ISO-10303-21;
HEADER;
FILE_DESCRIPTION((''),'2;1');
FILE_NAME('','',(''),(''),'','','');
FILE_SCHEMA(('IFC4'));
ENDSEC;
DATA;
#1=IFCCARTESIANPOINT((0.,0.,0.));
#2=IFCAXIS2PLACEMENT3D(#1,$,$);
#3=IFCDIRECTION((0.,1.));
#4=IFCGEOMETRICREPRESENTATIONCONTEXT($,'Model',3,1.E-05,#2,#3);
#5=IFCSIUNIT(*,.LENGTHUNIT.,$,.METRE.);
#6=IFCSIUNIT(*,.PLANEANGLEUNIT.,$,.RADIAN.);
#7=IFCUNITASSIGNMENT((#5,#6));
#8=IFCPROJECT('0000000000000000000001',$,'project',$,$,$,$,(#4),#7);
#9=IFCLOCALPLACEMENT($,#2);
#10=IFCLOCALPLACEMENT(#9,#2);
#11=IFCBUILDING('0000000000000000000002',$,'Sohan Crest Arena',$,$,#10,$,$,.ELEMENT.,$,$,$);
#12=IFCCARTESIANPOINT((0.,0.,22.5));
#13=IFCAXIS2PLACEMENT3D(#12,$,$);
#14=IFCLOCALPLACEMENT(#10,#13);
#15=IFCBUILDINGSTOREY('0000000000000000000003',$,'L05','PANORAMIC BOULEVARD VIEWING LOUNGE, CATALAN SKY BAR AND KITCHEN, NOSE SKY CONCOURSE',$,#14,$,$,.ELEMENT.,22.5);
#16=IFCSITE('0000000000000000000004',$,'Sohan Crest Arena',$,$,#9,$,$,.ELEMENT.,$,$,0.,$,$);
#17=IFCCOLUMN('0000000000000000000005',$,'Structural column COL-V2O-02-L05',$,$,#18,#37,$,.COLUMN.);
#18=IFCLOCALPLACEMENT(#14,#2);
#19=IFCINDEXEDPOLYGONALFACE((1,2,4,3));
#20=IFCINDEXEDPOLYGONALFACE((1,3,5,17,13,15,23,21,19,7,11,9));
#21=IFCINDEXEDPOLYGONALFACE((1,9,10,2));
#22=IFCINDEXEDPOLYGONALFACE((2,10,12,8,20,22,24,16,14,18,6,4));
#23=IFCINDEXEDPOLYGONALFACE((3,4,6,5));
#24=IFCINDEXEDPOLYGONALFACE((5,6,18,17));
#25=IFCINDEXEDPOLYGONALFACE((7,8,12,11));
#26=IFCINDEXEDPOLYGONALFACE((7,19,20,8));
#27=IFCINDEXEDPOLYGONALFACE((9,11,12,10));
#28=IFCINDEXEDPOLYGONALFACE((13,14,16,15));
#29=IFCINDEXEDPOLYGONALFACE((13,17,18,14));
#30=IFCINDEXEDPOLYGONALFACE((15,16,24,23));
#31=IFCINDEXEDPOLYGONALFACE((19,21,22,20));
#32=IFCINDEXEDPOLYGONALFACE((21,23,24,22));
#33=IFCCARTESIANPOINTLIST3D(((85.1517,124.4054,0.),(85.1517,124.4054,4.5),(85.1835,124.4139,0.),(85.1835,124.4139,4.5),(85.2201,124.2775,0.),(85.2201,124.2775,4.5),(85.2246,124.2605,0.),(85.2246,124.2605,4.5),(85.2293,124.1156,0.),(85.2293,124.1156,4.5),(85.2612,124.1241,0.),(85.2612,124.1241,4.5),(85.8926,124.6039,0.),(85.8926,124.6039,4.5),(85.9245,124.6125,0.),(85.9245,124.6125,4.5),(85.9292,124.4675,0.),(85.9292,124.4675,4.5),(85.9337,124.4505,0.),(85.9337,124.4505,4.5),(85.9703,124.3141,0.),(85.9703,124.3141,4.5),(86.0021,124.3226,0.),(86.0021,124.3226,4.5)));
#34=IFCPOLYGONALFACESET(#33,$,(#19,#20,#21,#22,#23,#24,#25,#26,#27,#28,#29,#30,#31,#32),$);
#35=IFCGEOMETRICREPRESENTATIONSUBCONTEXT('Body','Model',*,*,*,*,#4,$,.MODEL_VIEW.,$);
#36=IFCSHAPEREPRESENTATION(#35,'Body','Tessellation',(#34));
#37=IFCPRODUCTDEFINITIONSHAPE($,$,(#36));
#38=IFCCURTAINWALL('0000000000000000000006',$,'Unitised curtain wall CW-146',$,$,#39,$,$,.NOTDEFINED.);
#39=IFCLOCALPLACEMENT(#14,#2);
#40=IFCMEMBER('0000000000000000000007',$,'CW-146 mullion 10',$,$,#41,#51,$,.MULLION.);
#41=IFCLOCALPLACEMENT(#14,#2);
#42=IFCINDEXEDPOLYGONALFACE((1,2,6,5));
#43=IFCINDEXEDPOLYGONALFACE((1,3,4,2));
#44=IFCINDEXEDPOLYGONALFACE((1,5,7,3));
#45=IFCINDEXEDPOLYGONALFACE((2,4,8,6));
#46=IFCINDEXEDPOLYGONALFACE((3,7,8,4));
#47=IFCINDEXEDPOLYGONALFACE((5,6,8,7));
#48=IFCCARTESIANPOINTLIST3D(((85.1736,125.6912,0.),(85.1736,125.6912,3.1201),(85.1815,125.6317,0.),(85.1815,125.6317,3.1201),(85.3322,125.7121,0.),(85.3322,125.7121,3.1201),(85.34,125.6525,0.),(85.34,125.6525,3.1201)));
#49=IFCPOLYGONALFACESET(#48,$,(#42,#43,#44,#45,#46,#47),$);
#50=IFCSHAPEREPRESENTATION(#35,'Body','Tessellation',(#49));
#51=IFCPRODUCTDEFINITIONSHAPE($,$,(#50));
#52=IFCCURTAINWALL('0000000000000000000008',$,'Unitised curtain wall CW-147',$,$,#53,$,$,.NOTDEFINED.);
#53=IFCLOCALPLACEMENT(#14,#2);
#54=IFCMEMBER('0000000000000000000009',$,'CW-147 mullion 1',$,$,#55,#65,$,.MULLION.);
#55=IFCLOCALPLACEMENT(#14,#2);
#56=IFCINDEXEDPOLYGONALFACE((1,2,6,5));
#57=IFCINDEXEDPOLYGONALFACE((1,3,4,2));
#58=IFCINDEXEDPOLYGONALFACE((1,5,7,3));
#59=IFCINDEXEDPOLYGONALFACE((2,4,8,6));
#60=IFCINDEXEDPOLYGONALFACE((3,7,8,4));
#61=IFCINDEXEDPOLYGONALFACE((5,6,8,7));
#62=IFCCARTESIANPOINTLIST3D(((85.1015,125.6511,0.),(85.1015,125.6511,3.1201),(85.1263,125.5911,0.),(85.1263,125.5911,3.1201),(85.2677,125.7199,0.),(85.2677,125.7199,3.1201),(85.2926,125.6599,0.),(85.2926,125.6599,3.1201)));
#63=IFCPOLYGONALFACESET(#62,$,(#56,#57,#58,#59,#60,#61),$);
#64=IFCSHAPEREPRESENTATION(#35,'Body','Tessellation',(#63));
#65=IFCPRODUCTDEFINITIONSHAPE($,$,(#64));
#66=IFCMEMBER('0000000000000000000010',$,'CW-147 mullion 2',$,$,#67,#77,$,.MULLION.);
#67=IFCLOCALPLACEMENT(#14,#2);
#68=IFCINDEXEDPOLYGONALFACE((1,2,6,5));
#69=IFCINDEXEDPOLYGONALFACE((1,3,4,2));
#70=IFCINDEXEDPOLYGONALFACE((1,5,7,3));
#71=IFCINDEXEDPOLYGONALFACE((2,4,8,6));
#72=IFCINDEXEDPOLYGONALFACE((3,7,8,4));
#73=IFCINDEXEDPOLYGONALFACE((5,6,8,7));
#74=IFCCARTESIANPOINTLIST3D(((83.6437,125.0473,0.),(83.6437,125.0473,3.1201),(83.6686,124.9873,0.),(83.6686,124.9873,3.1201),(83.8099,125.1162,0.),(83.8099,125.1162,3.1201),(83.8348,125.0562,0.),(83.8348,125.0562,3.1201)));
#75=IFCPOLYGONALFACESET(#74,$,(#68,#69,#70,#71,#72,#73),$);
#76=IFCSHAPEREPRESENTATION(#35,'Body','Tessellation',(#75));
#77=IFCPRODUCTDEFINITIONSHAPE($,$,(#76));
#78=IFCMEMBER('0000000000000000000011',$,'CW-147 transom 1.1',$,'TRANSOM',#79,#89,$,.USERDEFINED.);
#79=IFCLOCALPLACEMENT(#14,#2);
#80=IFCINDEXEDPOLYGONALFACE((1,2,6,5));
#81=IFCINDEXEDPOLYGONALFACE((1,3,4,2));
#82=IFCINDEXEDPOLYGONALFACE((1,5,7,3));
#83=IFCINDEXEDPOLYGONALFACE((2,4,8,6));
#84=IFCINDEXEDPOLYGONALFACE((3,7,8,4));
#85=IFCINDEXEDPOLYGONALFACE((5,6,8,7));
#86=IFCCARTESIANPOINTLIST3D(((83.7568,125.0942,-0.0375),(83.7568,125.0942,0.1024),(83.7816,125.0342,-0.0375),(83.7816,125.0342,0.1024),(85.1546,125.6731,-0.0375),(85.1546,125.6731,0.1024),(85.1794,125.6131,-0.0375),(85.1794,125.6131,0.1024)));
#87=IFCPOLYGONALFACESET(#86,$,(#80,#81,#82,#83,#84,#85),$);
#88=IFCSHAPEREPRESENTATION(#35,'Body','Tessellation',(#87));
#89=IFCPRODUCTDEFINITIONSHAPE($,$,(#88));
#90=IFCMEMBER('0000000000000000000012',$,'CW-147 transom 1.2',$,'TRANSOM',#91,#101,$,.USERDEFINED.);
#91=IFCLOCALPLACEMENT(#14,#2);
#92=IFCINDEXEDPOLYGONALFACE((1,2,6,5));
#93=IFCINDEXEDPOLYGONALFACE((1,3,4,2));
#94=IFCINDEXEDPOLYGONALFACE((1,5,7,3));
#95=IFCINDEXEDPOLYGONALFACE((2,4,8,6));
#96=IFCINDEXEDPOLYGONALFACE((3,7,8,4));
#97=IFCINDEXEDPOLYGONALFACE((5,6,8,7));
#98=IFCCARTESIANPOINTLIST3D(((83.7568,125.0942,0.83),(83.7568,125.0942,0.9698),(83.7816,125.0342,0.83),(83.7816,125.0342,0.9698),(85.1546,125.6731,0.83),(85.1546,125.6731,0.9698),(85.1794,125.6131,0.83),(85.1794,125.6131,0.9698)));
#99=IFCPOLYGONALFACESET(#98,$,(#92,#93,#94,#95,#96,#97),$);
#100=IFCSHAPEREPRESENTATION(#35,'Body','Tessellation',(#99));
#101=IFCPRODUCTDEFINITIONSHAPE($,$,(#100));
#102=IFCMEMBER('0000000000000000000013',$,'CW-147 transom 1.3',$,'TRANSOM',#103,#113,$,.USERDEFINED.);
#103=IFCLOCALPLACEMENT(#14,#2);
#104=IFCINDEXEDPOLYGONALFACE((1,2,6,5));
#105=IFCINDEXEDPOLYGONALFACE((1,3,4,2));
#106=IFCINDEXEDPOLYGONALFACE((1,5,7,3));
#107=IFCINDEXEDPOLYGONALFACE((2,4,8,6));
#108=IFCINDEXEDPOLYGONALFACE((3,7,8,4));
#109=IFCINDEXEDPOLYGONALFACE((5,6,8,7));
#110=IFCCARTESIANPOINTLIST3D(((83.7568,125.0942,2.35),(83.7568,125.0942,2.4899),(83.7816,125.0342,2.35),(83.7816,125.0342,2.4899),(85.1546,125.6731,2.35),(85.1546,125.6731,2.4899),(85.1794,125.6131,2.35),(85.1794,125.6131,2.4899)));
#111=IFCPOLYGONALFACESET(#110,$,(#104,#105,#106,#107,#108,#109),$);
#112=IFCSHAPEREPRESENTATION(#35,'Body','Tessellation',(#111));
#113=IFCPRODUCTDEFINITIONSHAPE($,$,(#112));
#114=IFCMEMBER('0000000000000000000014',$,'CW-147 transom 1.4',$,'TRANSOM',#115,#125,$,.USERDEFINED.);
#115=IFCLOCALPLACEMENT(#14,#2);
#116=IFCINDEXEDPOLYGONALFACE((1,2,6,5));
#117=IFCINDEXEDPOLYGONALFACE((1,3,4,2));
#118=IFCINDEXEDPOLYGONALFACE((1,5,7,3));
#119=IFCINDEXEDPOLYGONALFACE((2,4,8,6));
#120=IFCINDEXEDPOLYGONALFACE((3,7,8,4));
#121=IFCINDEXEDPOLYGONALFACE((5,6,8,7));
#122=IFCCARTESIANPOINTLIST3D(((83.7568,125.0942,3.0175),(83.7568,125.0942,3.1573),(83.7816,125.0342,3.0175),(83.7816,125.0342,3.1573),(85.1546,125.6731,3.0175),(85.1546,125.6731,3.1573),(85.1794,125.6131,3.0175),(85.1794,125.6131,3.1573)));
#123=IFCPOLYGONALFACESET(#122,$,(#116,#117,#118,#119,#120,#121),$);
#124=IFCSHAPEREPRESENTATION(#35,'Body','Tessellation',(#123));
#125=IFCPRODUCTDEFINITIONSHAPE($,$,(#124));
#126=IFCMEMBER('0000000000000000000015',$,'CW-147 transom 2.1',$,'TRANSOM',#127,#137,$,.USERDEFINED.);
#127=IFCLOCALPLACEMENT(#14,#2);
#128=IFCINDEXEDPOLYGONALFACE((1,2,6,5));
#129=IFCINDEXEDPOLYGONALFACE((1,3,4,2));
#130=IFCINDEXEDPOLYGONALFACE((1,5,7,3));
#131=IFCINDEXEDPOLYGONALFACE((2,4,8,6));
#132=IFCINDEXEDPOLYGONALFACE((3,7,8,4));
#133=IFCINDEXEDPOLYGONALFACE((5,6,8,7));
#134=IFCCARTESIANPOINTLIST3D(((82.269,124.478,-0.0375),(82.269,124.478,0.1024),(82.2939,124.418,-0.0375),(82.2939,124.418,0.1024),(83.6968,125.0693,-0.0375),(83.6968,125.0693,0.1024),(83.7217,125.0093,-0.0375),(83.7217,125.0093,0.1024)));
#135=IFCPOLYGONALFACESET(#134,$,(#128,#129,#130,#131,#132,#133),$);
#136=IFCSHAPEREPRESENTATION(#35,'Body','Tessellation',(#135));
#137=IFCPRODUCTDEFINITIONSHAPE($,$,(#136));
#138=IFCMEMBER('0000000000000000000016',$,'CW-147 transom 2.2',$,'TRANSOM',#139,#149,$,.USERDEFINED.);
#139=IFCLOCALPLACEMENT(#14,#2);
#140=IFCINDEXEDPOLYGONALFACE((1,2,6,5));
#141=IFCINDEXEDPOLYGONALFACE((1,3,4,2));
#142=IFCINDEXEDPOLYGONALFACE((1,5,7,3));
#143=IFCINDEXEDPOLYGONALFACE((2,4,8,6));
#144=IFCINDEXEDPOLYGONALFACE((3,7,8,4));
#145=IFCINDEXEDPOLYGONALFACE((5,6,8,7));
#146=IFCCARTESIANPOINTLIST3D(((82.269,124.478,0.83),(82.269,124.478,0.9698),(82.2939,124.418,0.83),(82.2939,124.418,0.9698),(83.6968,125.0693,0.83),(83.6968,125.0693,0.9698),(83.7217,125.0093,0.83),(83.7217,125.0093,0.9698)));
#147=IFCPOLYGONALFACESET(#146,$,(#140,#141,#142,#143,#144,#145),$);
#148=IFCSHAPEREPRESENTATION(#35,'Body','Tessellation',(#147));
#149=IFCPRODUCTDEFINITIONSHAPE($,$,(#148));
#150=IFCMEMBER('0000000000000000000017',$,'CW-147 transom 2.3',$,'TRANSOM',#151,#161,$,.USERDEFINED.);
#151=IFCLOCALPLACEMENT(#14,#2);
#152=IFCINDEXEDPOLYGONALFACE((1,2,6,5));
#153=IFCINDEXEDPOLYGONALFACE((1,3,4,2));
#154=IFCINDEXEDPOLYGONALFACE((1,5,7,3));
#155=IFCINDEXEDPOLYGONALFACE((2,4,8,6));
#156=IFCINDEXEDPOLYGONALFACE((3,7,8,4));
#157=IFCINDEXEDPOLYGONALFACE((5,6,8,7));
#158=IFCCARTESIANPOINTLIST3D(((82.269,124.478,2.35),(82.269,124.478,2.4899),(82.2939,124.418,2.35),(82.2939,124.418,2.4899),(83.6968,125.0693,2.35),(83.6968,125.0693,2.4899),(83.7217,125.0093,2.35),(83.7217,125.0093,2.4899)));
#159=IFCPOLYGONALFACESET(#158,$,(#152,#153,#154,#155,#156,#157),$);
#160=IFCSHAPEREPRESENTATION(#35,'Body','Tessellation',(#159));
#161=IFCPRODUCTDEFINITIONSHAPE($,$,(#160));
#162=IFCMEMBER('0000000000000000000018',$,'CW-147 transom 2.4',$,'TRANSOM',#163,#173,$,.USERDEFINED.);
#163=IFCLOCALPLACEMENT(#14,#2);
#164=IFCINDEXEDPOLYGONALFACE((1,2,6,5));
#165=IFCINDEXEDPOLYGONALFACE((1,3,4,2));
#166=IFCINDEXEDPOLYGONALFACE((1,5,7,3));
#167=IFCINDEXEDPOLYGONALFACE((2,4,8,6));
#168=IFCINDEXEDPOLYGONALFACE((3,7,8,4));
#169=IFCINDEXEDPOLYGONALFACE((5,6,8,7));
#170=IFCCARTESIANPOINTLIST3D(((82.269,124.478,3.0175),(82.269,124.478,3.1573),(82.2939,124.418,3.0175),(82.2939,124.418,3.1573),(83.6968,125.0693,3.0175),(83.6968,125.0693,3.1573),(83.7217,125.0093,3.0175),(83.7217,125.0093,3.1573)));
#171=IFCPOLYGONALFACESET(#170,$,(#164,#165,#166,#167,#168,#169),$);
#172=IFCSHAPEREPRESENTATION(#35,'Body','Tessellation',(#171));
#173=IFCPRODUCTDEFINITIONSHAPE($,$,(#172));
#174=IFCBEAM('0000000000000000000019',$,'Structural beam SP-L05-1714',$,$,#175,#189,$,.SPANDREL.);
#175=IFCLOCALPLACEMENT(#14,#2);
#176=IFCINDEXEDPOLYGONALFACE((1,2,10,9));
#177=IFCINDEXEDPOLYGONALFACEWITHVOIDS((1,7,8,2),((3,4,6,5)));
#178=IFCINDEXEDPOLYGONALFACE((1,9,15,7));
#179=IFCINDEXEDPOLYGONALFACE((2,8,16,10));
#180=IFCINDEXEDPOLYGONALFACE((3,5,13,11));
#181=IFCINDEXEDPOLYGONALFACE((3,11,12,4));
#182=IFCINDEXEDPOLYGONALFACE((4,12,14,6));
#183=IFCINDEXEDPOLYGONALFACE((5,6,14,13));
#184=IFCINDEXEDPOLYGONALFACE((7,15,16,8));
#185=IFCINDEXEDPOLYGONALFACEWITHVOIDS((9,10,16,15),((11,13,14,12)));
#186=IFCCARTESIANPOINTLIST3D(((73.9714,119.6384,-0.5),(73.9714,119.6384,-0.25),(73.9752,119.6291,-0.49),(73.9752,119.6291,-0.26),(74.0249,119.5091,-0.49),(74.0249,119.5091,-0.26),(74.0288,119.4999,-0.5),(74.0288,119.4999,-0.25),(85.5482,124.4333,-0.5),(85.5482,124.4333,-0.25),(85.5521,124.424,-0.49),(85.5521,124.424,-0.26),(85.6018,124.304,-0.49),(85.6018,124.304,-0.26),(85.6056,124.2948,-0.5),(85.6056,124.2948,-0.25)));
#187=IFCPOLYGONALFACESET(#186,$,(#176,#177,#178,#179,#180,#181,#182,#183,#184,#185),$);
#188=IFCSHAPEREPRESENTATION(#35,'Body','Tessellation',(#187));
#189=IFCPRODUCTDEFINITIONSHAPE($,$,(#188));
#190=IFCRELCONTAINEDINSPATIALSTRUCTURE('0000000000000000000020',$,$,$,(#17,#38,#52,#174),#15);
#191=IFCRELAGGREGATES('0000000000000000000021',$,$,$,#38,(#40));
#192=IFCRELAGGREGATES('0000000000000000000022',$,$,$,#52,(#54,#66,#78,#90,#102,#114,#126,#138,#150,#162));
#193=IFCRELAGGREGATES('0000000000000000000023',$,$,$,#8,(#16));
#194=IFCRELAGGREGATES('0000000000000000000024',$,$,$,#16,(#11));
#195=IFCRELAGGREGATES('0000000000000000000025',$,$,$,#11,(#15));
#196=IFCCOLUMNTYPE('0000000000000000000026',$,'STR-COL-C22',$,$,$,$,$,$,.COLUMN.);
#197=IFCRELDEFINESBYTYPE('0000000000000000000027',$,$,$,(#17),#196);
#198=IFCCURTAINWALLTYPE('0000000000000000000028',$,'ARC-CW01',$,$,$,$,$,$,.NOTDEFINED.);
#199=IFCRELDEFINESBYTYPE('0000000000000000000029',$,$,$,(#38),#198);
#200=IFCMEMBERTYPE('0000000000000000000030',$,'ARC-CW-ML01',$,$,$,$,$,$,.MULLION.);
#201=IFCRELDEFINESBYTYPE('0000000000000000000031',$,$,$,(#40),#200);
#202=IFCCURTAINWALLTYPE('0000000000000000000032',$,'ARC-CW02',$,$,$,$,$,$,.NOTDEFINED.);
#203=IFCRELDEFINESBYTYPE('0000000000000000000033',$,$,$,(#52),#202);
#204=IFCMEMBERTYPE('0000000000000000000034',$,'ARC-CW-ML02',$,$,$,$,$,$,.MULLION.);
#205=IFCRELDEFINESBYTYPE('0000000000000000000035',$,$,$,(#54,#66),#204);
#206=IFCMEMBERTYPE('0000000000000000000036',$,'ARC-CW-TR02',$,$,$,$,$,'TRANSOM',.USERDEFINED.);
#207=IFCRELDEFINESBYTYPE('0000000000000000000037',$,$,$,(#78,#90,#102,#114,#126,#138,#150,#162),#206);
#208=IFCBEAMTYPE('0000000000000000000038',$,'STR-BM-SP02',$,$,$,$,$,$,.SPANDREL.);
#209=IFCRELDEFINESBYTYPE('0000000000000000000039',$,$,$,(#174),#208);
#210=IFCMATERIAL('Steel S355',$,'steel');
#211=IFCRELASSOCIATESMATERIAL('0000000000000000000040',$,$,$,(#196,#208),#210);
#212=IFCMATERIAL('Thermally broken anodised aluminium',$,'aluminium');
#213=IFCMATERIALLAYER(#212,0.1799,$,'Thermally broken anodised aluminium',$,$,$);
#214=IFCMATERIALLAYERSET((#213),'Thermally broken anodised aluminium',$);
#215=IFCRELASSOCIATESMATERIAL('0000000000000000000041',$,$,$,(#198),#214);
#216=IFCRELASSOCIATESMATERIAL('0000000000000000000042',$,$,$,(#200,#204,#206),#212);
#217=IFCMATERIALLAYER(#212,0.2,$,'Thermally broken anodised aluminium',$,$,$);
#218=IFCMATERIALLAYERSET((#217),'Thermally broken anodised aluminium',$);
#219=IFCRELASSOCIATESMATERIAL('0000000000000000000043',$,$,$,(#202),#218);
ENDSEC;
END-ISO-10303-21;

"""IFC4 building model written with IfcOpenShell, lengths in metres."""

from ifc_helpers import new_model, si_unit, direction, frame, origin, origin_2d, place, context, subcontext, project, spatial, rectangle, hollow_rectangle, i_section, extrude, material, layer, layer_set, material_profile, profile_set, type_object, element, aggregate, save


model = new_model("IFC4")

# Units and contexts
model_context = context("Model", 3, precision=1e-05, world=origin(), true_north=direction((0.0, 1.0)))
body_context = subcontext(model_context, "Body", "Model", "MODEL_VIEW")
ifc_project = project(units=[si_unit("LENGTHUNIT", "METRE"), si_unit("PLANEANGLEUNIT", "RADIAN")], contexts=[model_context])

# Site, building, storey
site_placement = place(None, origin())
site = spatial("IfcSite", under=ifc_project, at=site_placement, Name="Sohan Crest Arena", CompositionType="ELEMENT", RefElevation=0.0)
building_placement = place(site_placement, origin())
building = spatial("IfcBuilding", under=site, at=building_placement, Name="Sohan Crest Arena", CompositionType="ELEMENT")
storey_placement = place(building_placement, frame((0.0, 0.0, 22.5)))
storey = spatial("IfcBuildingStorey", under=building, at=storey_placement, Name="L05", Description="PANORAMIC BOULEVARD VIEWING LOUNGE, CATALAN SKY BAR AND KITCHEN, NOSE SKY CONCOURSE", CompositionType="ELEMENT", Elevation=22.5)

# Column
ifc_material_1 = material(Name="Steel S355", Category="steel")
ifc_material_profile_1 = material_profile(ifc_material_1, i_section(OverallWidth=0.3, OverallDepth=0.8, WebThickness=0.0176, FlangeThickness=0.033, at=origin_2d()), Name="HEB 800")
ifc_profile_set_1 = profile_set([ifc_material_profile_1], Name="Steel S355")
column_type = type_object("IfcColumnType", Name="STR-COL-C22", PredefinedType="COLUMN", material=ifc_profile_set_1)
column_placement = place(storey_placement, frame((85.5769, 124.364, 0.0), z_axis=(0.0, 0.0, 1.0), x_axis=(-0.258819, 0.965926, 0.0)))
element("IfcColumn", 1, at=column_placement, inside=storey, type_object=column_type, Name="Structural column COL-V2O-02-L05", PredefinedType="COLUMN", context=body_context, shape_type="SweptSolid", body=[
    extrude(i_section(OverallWidth=0.3, OverallDepth=0.8, WebThickness=0.0176, FlangeThickness=0.033, at=origin_2d()), origin(), (0.0, 0.0, 1.0), 4.5),
])

# Curtain wall, member
ifc_material_2 = material(Name="Thermally broken anodised aluminium", Category="aluminium")
ifc_layer_1 = layer(ifc_material_2, 0.1799, Name="Thermally broken anodised aluminium")
ifc_layer_set_1 = layer_set([ifc_layer_1], Name="Thermally broken anodised aluminium")
curtain_wall_type_1 = type_object("IfcCurtainWallType", Name="ARC-CW01", PredefinedType="NOTDEFINED", material=ifc_layer_set_1)
curtain_wall_1_placement = place(storey_placement, origin())
curtain_wall_1 = element("IfcCurtainWall", 2, at=curtain_wall_1_placement, inside=storey, type_object=curtain_wall_type_1, Name="Unitised curtain wall CW-146", PredefinedType="NOTDEFINED")
ifc_material_profile_2 = material_profile(ifc_material_2, rectangle(XDim=0.0601, YDim=0.1599, at=origin_2d()), Name="ALU-MULL 60x160")
ifc_profile_set_2 = profile_set([ifc_material_profile_2], Name="Thermally broken anodised aluminium")
member_type_1 = type_object("IfcMemberType", Name="ARC-CW-ML01", PredefinedType="MULLION", material=ifc_profile_set_2)
member_1_placement = place(storey_placement, frame((85.2568, 125.6719, 0.0), z_axis=(0.0, 0.0, 1.0), x_axis=(0.130557, -0.991441, 0.0)))
member_1 = element("IfcMember", 3, at=member_1_placement, type_object=member_type_1, Name="CW-146 mullion 10", PredefinedType="MULLION", context=body_context, shape_type="SweptSolid", body=[
    extrude(rectangle(XDim=0.0601, YDim=0.1599, at=origin_2d()), origin(), (0.0, 0.0, 1.0), 3.1201),
])

# Curtain wall, members
ifc_layer_2 = layer(ifc_material_2, 0.2, Name="Thermally broken anodised aluminium")
ifc_layer_set_2 = layer_set([ifc_layer_2], Name="Thermally broken anodised aluminium")
curtain_wall_type_2 = type_object("IfcCurtainWallType", Name="ARC-CW02", PredefinedType="NOTDEFINED", material=ifc_layer_set_2)
curtain_wall_2_placement = place(storey_placement, origin())
curtain_wall_2 = element("IfcCurtainWall", 4, at=curtain_wall_2_placement, inside=storey, type_object=curtain_wall_type_2, Name="Unitised curtain wall CW-147", PredefinedType="NOTDEFINED")
ifc_material_profile_3 = material_profile(ifc_material_2, rectangle(XDim=0.0649, YDim=0.1799, at=origin_2d()), Name="ALU-MULL 65x180")
ifc_profile_set_3 = profile_set([ifc_material_profile_3], Name="Thermally broken anodised aluminium")
member_type_2 = type_object("IfcMemberType", Name="ARC-CW-ML02", PredefinedType="MULLION", material=ifc_profile_set_3)
member_2_placement = place(storey_placement, frame((85.197, 125.6555, 0.0), z_axis=(0.0, 0.0, 1.0), x_axis=(0.382685, -0.923879, 0.0)))
member_2 = element("IfcMember", 5, at=member_2_placement, type_object=member_type_2, Name="CW-147 mullion 1", PredefinedType="MULLION", context=body_context, shape_type="SweptSolid", body=[
    extrude(rectangle(XDim=0.0649, YDim=0.1799, at=origin_2d()), origin(), (0.0, 0.0, 1.0), 3.1201),
])
member_3_placement = place(storey_placement, frame((83.7393, 125.0518, 0.0), z_axis=(0.0, 0.0, 1.0), x_axis=(0.382685, -0.923879, 0.0)))
member_3 = element("IfcMember", 6, at=member_3_placement, type_object=member_type_2, Name="CW-147 mullion 2", PredefinedType="MULLION", context=body_context, shape_type="SweptSolid", body=[
    extrude(rectangle(XDim=0.0649, YDim=0.1799, at=origin_2d()), origin(), (0.0, 0.0, 1.0), 3.1201),
])
ifc_material_profile_4 = material_profile(ifc_material_2, rectangle(XDim=0.0649, YDim=0.1399, at=origin_2d()), Name="ALU-TRAN 65x140")
ifc_profile_set_4 = profile_set([ifc_material_profile_4], Name="Thermally broken anodised aluminium")
member_type_3 = type_object("IfcMemberType", Name="ARC-CW-TR02", ElementType="TRANSOM", PredefinedType="USERDEFINED", material=ifc_profile_set_4)
member_4_placement = place(storey_placement, frame((85.167, 125.6431, 0.0325), z_axis=(-0.923901, -0.382632, 0.0), x_axis=(0.382632, -0.923901, 0.0)))
member_4 = element("IfcMember", 7, at=member_4_placement, type_object=member_type_3, Name="CW-147 transom 1.1", ObjectType="TRANSOM", PredefinedType="USERDEFINED", context=body_context, shape_type="SweptSolid", body=[
    extrude(rectangle(XDim=0.0649, YDim=0.1399, at=origin_2d()), origin(), (0.0, 0.0, 1.0), 1.5129),
])
member_5_placement = place(storey_placement, frame((85.167, 125.6431, 0.8999), z_axis=(-0.923901, -0.382632, 0.0), x_axis=(0.382632, -0.923901, 0.0)))
member_5 = element("IfcMember", 8, at=member_5_placement, type_object=member_type_3, Name="CW-147 transom 1.2", ObjectType="TRANSOM", PredefinedType="USERDEFINED", context=body_context, shape_type="SweptSolid", body=[
    extrude(rectangle(XDim=0.0649, YDim=0.1399, at=origin_2d()), origin(), (0.0, 0.0, 1.0), 1.5129),
])
member_6_placement = place(storey_placement, frame((85.167, 125.6431, 2.4199), z_axis=(-0.923901, -0.382632, 0.0), x_axis=(0.382632, -0.923901, 0.0)))
member_6 = element("IfcMember", 9, at=member_6_placement, type_object=member_type_3, Name="CW-147 transom 1.3", ObjectType="TRANSOM", PredefinedType="USERDEFINED", context=body_context, shape_type="SweptSolid", body=[
    extrude(rectangle(XDim=0.0649, YDim=0.1399, at=origin_2d()), origin(), (0.0, 0.0, 1.0), 1.5129),
])
member_7_placement = place(storey_placement, frame((85.167, 125.6431, 3.0874), z_axis=(-0.923901, -0.382632, 0.0), x_axis=(0.382632, -0.923901, 0.0)))
member_7 = element("IfcMember", 10, at=member_7_placement, type_object=member_type_3, Name="CW-147 transom 1.4", ObjectType="TRANSOM", PredefinedType="USERDEFINED", context=body_context, shape_type="SweptSolid", body=[
    extrude(rectangle(XDim=0.0649, YDim=0.1399, at=origin_2d()), origin(), (0.0, 0.0, 1.0), 1.5129),
])
member_8_placement = place(storey_placement, frame((83.7092, 125.0393, 0.0325), z_axis=(-0.923897, -0.38264, 0.0), x_axis=(0.38264, -0.923897, 0.0)))
member_8 = element("IfcMember", 11, at=member_8_placement, type_object=member_type_3, Name="CW-147 transom 2.1", ObjectType="TRANSOM", PredefinedType="USERDEFINED", context=body_context, shape_type="SweptSolid", body=[
    extrude(rectangle(XDim=0.0649, YDim=0.1399, at=origin_2d()), origin(), (0.0, 0.0, 1.0), 1.5454),
])
member_9_placement = place(storey_placement, frame((83.7092, 125.0393, 0.8999), z_axis=(-0.923897, -0.38264, 0.0), x_axis=(0.38264, -0.923897, 0.0)))
member_9 = element("IfcMember", 12, at=member_9_placement, type_object=member_type_3, Name="CW-147 transom 2.2", ObjectType="TRANSOM", PredefinedType="USERDEFINED", context=body_context, shape_type="SweptSolid", body=[
    extrude(rectangle(XDim=0.0649, YDim=0.1399, at=origin_2d()), origin(), (0.0, 0.0, 1.0), 1.5454),
])
member_10_placement = place(storey_placement, frame((83.7092, 125.0393, 2.4199), z_axis=(-0.923897, -0.38264, 0.0), x_axis=(0.38264, -0.923897, 0.0)))
member_10 = element("IfcMember", 13, at=member_10_placement, type_object=member_type_3, Name="CW-147 transom 2.3", ObjectType="TRANSOM", PredefinedType="USERDEFINED", context=body_context, shape_type="SweptSolid", body=[
    extrude(rectangle(XDim=0.0649, YDim=0.1399, at=origin_2d()), origin(), (0.0, 0.0, 1.0), 1.5454),
])
member_11_placement = place(storey_placement, frame((83.7092, 125.0393, 3.0874), z_axis=(-0.923897, -0.38264, 0.0), x_axis=(0.38264, -0.923897, 0.0)))
member_11 = element("IfcMember", 14, at=member_11_placement, type_object=member_type_3, Name="CW-147 transom 2.4", ObjectType="TRANSOM", PredefinedType="USERDEFINED", context=body_context, shape_type="SweptSolid", body=[
    extrude(rectangle(XDim=0.0649, YDim=0.1399, at=origin_2d()), origin(), (0.0, 0.0, 1.0), 1.5454),
])

# Beam
ifc_material_profile_5 = material_profile(ifc_material_1, hollow_rectangle(XDim=0.1499, YDim=0.25, WallThickness=0.01, at=origin_2d()), Name="RHS 250x150x10")
ifc_profile_set_5 = profile_set([ifc_material_profile_5], Name="Steel S355")
beam_type = type_object("IfcBeamType", Name="STR-BM-SP02", PredefinedType="SPANDREL", material=ifc_profile_set_5)
beam_placement = place(storey_placement, frame((85.5769, 124.364, -0.375), z_axis=(-0.923891, -0.382657, 0.0), x_axis=(0.382657, -0.923891, 0.0)))
element("IfcBeam", 15, at=beam_placement, inside=storey, type_object=beam_type, Name="Structural beam SP-L05-1714", PredefinedType="SPANDREL", context=body_context, shape_type="SweptSolid", body=[
    extrude(hollow_rectangle(XDim=0.1499, YDim=0.25, WallThickness=0.01, at=origin_2d()), origin(), (0.0, 0.0, 1.0), 12.5305),
])

aggregate(curtain_wall_1, [member_1])
aggregate(curtain_wall_2, [member_2, member_3, member_4, member_5, member_6, member_7, member_8, member_9, member_10, member_11])

save(model, "model.ifc")
